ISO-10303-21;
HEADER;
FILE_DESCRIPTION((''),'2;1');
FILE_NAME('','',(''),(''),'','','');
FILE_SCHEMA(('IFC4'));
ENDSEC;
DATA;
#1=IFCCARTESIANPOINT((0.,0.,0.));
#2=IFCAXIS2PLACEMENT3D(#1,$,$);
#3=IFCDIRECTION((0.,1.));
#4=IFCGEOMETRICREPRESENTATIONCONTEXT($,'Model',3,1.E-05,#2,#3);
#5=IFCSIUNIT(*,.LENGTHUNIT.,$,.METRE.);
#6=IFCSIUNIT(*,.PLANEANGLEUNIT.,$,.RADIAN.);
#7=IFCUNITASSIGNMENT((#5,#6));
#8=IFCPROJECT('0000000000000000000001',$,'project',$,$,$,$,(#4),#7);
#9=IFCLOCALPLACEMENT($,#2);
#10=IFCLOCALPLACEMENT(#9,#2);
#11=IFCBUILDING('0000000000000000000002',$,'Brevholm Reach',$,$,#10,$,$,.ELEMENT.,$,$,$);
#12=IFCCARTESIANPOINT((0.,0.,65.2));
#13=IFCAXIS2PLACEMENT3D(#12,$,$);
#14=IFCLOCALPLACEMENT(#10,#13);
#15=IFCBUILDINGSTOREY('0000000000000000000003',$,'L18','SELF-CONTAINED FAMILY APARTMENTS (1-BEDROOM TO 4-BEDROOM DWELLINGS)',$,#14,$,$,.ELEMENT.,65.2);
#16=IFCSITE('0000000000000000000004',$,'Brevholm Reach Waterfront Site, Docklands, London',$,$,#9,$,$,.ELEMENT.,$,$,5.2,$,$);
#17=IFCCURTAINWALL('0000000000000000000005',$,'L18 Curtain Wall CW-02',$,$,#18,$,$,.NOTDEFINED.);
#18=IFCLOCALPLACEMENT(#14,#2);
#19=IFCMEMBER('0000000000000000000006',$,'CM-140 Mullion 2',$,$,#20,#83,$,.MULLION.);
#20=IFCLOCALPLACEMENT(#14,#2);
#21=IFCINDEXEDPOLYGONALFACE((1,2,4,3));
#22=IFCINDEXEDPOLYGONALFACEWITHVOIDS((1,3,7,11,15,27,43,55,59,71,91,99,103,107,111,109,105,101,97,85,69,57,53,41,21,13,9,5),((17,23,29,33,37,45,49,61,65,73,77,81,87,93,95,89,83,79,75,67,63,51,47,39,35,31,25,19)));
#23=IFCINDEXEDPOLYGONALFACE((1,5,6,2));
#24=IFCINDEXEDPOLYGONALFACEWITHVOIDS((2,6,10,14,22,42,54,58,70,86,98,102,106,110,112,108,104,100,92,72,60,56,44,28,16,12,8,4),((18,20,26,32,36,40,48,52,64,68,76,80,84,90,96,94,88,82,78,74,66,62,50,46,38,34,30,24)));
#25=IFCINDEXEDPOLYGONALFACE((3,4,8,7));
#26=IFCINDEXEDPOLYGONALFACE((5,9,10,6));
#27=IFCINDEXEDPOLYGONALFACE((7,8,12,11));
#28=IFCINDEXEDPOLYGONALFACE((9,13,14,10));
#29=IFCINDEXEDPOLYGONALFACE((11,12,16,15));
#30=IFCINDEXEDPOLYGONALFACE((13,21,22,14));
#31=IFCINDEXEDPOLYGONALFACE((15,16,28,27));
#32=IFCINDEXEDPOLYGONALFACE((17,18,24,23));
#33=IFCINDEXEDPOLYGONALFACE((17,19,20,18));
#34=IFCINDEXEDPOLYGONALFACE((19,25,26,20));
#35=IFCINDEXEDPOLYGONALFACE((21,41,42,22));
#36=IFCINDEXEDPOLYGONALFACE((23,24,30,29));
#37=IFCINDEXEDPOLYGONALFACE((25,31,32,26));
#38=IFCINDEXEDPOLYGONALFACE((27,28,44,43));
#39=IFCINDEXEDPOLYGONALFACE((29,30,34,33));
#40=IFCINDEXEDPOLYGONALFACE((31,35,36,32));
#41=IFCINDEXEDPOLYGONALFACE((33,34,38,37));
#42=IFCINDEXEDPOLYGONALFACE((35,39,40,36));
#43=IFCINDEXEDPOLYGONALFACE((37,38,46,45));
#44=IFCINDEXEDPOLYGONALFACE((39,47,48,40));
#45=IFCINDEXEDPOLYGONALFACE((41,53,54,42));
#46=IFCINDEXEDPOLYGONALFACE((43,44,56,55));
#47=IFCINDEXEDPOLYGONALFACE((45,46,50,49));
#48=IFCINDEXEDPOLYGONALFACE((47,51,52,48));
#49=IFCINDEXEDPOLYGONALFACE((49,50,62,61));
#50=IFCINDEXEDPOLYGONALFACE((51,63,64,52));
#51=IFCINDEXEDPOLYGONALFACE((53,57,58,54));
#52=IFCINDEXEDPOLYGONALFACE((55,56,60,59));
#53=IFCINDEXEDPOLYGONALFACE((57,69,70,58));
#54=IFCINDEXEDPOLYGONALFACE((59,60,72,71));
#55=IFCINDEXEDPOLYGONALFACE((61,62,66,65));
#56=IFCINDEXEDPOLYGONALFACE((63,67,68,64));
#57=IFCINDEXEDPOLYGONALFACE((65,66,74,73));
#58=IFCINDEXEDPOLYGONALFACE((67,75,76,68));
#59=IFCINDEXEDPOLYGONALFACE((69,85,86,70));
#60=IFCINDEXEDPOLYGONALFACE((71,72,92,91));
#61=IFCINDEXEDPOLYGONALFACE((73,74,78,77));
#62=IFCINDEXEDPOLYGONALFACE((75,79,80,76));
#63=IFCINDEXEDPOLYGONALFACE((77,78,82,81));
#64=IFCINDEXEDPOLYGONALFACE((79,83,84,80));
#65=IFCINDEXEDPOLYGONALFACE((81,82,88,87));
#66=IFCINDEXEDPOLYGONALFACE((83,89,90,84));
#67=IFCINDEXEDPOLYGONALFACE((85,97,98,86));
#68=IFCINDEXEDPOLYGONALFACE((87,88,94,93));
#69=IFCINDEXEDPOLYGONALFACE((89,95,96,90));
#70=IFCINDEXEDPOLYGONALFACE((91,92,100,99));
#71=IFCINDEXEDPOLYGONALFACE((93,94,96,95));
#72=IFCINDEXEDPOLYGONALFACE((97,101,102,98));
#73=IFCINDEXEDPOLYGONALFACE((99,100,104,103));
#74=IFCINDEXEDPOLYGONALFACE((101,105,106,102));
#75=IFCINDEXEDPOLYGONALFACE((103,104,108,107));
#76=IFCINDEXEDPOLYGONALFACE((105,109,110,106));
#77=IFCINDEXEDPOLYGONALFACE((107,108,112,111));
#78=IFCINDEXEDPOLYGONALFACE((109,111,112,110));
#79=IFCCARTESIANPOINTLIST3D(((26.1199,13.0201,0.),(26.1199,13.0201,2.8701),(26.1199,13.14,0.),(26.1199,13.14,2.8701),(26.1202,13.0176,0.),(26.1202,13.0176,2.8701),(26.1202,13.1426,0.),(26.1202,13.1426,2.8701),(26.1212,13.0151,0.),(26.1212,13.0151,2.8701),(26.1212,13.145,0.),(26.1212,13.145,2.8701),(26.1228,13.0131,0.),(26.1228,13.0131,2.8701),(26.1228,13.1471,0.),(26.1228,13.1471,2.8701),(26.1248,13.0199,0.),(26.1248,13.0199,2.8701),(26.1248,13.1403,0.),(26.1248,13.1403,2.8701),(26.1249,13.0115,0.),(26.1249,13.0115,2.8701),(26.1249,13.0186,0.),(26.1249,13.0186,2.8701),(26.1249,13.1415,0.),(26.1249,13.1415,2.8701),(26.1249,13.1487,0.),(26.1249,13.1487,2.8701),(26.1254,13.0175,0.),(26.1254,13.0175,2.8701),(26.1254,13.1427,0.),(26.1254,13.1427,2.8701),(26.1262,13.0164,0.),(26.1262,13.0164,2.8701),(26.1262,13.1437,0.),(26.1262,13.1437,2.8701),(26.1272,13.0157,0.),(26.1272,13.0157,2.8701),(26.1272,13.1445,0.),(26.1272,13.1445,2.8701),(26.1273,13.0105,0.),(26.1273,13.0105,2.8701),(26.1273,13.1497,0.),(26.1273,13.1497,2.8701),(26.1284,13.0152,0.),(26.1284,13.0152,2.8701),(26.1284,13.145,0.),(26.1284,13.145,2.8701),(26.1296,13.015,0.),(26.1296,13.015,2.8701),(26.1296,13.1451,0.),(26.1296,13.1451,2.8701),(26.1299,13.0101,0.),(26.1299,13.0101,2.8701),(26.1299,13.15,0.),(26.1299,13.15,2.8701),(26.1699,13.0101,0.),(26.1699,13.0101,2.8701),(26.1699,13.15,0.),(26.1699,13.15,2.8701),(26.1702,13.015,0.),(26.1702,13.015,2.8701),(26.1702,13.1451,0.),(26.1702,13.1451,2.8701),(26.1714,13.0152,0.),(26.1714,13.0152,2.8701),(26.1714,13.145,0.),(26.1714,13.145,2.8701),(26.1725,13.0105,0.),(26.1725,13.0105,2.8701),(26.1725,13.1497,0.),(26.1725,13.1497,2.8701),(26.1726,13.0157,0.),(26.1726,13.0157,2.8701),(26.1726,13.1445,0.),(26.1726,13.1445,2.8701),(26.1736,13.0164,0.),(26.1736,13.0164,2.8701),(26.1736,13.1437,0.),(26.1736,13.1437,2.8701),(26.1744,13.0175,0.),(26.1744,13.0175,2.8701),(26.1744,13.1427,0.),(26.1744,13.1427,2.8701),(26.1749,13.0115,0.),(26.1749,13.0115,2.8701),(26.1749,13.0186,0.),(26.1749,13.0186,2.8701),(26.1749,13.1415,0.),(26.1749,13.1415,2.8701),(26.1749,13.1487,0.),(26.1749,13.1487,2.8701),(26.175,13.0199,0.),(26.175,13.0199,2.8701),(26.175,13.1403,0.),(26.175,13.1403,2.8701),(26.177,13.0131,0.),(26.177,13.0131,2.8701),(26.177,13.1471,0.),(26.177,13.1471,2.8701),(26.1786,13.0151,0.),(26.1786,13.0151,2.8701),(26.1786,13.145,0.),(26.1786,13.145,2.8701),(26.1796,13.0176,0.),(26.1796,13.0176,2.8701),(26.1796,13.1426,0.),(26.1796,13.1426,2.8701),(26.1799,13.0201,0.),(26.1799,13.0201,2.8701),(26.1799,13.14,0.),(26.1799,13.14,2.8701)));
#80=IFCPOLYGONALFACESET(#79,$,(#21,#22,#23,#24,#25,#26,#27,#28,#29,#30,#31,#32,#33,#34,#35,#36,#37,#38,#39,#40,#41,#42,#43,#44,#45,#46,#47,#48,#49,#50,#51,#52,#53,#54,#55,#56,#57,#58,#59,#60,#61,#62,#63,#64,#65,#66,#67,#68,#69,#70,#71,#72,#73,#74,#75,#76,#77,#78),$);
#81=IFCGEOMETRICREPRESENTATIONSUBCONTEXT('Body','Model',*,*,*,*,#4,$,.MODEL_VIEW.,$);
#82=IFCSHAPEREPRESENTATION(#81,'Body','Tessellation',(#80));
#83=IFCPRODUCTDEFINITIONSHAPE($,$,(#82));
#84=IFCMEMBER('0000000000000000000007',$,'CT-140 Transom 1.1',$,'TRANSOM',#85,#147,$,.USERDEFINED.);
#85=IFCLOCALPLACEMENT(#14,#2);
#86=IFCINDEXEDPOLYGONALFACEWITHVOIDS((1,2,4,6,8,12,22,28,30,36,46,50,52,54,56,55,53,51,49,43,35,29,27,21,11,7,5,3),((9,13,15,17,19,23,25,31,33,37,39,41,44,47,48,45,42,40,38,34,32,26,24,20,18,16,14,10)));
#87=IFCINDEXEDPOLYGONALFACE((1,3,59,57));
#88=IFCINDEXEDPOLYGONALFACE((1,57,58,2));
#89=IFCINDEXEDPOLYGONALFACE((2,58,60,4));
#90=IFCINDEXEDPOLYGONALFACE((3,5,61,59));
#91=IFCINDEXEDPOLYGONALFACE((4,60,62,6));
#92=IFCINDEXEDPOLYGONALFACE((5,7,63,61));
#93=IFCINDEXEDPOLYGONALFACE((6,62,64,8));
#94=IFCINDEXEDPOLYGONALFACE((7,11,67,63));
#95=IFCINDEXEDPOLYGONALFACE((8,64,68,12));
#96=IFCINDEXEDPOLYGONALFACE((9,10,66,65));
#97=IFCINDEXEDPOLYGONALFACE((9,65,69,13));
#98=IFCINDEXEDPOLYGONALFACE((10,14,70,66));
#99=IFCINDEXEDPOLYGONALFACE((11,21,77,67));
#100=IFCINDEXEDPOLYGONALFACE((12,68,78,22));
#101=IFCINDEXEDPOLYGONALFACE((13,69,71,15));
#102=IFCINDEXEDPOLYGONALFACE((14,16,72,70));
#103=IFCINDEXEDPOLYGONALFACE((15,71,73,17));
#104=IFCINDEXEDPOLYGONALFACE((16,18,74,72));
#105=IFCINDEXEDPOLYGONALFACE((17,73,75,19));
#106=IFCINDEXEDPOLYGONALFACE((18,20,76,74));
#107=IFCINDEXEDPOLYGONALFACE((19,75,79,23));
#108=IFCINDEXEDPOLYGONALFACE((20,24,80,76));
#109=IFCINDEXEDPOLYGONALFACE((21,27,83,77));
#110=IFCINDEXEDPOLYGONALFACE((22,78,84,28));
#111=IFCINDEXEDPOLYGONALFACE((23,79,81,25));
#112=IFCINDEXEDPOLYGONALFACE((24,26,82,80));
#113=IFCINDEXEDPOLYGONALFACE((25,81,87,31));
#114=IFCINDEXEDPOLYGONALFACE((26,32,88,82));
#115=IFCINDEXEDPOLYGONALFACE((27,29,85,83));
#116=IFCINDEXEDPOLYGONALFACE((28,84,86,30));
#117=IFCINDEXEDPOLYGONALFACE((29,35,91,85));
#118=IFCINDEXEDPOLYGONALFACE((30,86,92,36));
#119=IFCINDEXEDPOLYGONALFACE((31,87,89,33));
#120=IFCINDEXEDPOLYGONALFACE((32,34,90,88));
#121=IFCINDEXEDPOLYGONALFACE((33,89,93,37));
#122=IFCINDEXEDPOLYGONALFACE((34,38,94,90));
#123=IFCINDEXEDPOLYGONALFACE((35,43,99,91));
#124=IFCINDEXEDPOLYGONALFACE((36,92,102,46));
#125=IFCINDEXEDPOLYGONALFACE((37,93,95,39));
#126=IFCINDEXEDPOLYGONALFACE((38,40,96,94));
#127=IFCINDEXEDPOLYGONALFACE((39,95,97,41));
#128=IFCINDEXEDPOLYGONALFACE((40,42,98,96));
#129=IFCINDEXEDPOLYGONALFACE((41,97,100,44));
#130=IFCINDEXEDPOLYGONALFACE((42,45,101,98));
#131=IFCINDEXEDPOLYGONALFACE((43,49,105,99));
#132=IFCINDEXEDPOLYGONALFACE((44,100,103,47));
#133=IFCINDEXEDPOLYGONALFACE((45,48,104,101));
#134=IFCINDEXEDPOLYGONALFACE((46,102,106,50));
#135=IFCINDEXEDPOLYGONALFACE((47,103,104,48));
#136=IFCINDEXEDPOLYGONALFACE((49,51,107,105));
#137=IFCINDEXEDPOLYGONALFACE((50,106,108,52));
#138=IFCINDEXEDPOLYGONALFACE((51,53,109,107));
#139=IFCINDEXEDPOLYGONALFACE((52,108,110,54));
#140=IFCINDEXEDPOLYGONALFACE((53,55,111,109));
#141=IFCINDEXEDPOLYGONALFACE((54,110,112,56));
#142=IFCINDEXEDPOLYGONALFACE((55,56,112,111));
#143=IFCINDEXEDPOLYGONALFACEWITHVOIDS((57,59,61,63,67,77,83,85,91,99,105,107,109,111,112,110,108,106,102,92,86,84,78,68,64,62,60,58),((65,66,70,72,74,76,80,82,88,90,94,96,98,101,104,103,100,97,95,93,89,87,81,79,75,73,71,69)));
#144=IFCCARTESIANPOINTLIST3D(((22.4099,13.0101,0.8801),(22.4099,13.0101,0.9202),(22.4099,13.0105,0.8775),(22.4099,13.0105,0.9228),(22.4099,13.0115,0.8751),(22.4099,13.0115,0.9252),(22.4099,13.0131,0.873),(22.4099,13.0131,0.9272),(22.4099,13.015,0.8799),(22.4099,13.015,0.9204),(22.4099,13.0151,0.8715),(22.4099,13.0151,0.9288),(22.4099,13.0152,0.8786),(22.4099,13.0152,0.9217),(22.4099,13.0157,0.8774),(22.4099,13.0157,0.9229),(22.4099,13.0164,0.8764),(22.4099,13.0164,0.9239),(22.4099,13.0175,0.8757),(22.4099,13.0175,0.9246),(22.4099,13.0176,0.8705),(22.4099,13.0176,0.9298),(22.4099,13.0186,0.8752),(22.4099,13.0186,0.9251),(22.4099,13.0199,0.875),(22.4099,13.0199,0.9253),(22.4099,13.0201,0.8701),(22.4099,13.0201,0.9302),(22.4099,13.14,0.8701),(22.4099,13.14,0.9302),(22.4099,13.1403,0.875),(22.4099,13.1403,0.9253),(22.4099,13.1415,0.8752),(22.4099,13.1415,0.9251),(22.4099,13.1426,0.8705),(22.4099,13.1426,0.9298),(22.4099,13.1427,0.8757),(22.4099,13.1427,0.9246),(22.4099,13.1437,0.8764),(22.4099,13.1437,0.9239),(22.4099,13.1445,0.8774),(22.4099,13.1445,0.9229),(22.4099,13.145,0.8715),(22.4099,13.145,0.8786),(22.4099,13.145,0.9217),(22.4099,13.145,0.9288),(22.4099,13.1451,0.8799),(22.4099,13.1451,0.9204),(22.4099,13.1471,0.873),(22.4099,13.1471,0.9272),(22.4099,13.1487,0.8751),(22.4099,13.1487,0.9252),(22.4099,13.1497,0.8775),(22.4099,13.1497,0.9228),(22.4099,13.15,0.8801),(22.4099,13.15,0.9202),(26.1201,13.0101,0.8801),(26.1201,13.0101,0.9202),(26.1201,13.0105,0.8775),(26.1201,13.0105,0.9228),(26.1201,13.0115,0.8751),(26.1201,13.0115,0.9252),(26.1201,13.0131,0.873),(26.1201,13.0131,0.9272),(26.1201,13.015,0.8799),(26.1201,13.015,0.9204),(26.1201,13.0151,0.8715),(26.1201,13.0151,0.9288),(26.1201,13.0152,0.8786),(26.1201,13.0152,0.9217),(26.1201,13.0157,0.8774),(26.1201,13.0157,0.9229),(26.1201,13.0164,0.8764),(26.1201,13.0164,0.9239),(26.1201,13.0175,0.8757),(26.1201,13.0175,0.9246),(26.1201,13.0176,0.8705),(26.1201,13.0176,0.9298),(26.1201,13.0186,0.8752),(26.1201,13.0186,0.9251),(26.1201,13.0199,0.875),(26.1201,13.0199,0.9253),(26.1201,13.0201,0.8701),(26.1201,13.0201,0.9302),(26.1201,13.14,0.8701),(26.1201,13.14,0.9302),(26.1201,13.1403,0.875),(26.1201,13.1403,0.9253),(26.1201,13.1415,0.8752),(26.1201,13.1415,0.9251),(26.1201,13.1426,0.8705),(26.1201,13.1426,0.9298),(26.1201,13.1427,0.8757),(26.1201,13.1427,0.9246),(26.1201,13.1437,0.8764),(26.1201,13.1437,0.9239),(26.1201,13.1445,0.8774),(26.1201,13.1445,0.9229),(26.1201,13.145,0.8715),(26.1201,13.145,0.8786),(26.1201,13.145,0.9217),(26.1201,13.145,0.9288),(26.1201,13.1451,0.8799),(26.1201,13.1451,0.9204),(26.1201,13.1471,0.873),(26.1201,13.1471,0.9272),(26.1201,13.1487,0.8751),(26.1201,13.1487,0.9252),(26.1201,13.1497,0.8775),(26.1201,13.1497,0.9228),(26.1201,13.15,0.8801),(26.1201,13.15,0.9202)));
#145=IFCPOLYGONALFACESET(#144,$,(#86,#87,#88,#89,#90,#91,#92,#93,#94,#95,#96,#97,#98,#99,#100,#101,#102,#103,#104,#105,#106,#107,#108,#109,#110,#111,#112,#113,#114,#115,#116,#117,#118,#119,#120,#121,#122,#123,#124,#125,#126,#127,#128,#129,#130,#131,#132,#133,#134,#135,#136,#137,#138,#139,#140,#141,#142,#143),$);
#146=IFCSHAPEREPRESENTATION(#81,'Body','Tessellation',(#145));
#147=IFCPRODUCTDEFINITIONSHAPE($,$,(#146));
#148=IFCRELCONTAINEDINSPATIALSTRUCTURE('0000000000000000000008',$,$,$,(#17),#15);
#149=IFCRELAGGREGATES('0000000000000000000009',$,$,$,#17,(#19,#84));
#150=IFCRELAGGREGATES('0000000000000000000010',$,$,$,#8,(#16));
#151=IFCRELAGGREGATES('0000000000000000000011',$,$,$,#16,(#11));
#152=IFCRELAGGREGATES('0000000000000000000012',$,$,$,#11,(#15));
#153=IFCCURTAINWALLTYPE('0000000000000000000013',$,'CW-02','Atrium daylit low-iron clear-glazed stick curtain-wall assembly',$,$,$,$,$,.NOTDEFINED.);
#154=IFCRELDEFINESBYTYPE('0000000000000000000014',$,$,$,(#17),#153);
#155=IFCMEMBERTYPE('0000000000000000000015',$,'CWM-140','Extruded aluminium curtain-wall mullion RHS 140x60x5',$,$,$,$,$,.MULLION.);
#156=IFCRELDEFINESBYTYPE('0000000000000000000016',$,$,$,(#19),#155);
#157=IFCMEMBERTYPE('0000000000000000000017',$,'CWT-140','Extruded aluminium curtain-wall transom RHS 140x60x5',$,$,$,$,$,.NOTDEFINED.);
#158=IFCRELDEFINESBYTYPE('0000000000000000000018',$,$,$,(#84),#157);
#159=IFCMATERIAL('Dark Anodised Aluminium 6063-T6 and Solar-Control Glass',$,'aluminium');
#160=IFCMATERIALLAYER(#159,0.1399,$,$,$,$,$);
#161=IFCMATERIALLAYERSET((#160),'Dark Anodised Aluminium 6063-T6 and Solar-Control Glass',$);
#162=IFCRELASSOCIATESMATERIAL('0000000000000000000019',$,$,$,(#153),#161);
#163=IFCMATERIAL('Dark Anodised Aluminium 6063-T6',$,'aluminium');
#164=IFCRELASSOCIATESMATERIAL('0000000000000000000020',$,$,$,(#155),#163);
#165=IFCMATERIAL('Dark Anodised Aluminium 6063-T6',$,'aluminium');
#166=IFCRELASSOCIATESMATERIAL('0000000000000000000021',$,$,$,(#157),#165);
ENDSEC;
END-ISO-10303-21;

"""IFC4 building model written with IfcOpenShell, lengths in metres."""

from ifc_helpers import new_model, si_unit, direction, frame, origin, origin_2d, place, context, subcontext, project, spatial, hollow_rectangle, extrude, material, layer, layer_set, material_profile, profile_set, type_object, element, aggregate, save


model = new_model("IFC4")

# Units and contexts
model_context = context("Model", 3, precision=1e-05, world=origin(), true_north=direction((0.0, 1.0)))
body_context = subcontext(model_context, "Body", "Model", "MODEL_VIEW")
ifc_project = project(units=[si_unit("LENGTHUNIT", "METRE"), si_unit("PLANEANGLEUNIT", "RADIAN")], contexts=[model_context])

# Site, building, storey
site_placement = place(None, origin())
site = spatial("IfcSite", under=ifc_project, at=site_placement, Name="Brevholm Reach Waterfront Site, Docklands, London", CompositionType="ELEMENT", RefElevation=5.2)
building_placement = place(site_placement, origin())
building = spatial("IfcBuilding", under=site, at=building_placement, Name="Brevholm Reach", CompositionType="ELEMENT")
storey_placement = place(building_placement, frame((0.0, 0.0, 65.2)))
storey = spatial("IfcBuildingStorey", under=building, at=storey_placement, Name="L18", Description="SELF-CONTAINED FAMILY APARTMENTS (1-BEDROOM TO 4-BEDROOM DWELLINGS)", CompositionType="ELEMENT", Elevation=65.2)

# Curtain wall, members
ifc_material_1 = material(Name="Dark Anodised Aluminium 6063-T6 and Solar-Control Glass", Category="aluminium")
ifc_layer_1 = layer(ifc_material_1, 0.1399)
ifc_layer_set_1 = layer_set([ifc_layer_1], Name="Dark Anodised Aluminium 6063-T6 and Solar-Control Glass")
curtain_wall_type = type_object("IfcCurtainWallType", Name="CW-02", Description="Atrium daylit low-iron clear-glazed stick curtain-wall assembly", PredefinedType="NOTDEFINED", material=ifc_layer_set_1)
curtain_wall_placement = place(storey_placement, origin())
curtain_wall = element("IfcCurtainWall", 1, at=curtain_wall_placement, inside=storey, type_object=curtain_wall_type, Name="L18 Curtain Wall CW-02", PredefinedType="NOTDEFINED")
ifc_material_2 = material(Name="Dark Anodised Aluminium 6063-T6", Category="aluminium")
ifc_material_profile_1 = material_profile(ifc_material_2, hollow_rectangle(XDim=0.0601, YDim=0.1399, WallThickness=0.0049, InnerFilletRadius=0.0049, OuterFilletRadius=0.01, at=origin_2d()), Name="RHS 140x60x5")
ifc_profile_set_1 = profile_set([ifc_material_profile_1], Name="Dark Anodised Aluminium 6063-T6")
member_type_1 = type_object("IfcMemberType", Name="CWM-140", Description="Extruded aluminium curtain-wall mullion RHS 140x60x5", PredefinedType="MULLION", material=ifc_profile_set_1)
member_1_placement = place(storey_placement, frame((26.1499, 13.0801, 0.0), z_axis=(0.0, 0.0, 1.0), x_axis=(1.0, 0.0, 0.0)))
member_1 = element("IfcMember", 2, at=member_1_placement, type_object=member_type_1, Name="CM-140 Mullion 2", PredefinedType="MULLION", context=body_context, shape_type="SweptSolid", body=[
    extrude(hollow_rectangle(XDim=0.0601, YDim=0.1399, WallThickness=0.0049, InnerFilletRadius=0.0049, OuterFilletRadius=0.01, at=origin_2d()), origin(), (0.0, 0.0, 1.0), 2.8701),
])
ifc_material_3 = material(Name="Dark Anodised Aluminium 6063-T6", Category="aluminium")
ifc_material_profile_2 = material_profile(ifc_material_3, hollow_rectangle(XDim=0.0601, YDim=0.1399, WallThickness=0.0049, InnerFilletRadius=0.0049, OuterFilletRadius=0.01, at=origin_2d()), Name="RHS 140x60x5")
ifc_profile_set_2 = profile_set([ifc_material_profile_2], Name="Dark Anodised Aluminium 6063-T6")
member_type_2 = type_object("IfcMemberType", Name="CWT-140", Description="Extruded aluminium curtain-wall transom RHS 140x60x5", PredefinedType="NOTDEFINED", material=ifc_profile_set_2)
member_2_placement = place(storey_placement, frame((22.4099, 13.0801, 0.9001), z_axis=(1.0, 0.0, 0.0), x_axis=(0.0, 0.0, 1.0)))
member_2 = element("IfcMember", 3, at=member_2_placement, type_object=member_type_2, Name="CT-140 Transom 1.1", ObjectType="TRANSOM", PredefinedType="USERDEFINED", context=body_context, shape_type="SweptSolid", body=[
    extrude(hollow_rectangle(XDim=0.0601, YDim=0.1399, WallThickness=0.0049, InnerFilletRadius=0.0049, OuterFilletRadius=0.01, at=origin_2d()), origin(), (0.0, 0.0, 1.0), 3.7102),
])
aggregate(curtain_wall, [member_1, member_2])

save(model, "model.ifc")
